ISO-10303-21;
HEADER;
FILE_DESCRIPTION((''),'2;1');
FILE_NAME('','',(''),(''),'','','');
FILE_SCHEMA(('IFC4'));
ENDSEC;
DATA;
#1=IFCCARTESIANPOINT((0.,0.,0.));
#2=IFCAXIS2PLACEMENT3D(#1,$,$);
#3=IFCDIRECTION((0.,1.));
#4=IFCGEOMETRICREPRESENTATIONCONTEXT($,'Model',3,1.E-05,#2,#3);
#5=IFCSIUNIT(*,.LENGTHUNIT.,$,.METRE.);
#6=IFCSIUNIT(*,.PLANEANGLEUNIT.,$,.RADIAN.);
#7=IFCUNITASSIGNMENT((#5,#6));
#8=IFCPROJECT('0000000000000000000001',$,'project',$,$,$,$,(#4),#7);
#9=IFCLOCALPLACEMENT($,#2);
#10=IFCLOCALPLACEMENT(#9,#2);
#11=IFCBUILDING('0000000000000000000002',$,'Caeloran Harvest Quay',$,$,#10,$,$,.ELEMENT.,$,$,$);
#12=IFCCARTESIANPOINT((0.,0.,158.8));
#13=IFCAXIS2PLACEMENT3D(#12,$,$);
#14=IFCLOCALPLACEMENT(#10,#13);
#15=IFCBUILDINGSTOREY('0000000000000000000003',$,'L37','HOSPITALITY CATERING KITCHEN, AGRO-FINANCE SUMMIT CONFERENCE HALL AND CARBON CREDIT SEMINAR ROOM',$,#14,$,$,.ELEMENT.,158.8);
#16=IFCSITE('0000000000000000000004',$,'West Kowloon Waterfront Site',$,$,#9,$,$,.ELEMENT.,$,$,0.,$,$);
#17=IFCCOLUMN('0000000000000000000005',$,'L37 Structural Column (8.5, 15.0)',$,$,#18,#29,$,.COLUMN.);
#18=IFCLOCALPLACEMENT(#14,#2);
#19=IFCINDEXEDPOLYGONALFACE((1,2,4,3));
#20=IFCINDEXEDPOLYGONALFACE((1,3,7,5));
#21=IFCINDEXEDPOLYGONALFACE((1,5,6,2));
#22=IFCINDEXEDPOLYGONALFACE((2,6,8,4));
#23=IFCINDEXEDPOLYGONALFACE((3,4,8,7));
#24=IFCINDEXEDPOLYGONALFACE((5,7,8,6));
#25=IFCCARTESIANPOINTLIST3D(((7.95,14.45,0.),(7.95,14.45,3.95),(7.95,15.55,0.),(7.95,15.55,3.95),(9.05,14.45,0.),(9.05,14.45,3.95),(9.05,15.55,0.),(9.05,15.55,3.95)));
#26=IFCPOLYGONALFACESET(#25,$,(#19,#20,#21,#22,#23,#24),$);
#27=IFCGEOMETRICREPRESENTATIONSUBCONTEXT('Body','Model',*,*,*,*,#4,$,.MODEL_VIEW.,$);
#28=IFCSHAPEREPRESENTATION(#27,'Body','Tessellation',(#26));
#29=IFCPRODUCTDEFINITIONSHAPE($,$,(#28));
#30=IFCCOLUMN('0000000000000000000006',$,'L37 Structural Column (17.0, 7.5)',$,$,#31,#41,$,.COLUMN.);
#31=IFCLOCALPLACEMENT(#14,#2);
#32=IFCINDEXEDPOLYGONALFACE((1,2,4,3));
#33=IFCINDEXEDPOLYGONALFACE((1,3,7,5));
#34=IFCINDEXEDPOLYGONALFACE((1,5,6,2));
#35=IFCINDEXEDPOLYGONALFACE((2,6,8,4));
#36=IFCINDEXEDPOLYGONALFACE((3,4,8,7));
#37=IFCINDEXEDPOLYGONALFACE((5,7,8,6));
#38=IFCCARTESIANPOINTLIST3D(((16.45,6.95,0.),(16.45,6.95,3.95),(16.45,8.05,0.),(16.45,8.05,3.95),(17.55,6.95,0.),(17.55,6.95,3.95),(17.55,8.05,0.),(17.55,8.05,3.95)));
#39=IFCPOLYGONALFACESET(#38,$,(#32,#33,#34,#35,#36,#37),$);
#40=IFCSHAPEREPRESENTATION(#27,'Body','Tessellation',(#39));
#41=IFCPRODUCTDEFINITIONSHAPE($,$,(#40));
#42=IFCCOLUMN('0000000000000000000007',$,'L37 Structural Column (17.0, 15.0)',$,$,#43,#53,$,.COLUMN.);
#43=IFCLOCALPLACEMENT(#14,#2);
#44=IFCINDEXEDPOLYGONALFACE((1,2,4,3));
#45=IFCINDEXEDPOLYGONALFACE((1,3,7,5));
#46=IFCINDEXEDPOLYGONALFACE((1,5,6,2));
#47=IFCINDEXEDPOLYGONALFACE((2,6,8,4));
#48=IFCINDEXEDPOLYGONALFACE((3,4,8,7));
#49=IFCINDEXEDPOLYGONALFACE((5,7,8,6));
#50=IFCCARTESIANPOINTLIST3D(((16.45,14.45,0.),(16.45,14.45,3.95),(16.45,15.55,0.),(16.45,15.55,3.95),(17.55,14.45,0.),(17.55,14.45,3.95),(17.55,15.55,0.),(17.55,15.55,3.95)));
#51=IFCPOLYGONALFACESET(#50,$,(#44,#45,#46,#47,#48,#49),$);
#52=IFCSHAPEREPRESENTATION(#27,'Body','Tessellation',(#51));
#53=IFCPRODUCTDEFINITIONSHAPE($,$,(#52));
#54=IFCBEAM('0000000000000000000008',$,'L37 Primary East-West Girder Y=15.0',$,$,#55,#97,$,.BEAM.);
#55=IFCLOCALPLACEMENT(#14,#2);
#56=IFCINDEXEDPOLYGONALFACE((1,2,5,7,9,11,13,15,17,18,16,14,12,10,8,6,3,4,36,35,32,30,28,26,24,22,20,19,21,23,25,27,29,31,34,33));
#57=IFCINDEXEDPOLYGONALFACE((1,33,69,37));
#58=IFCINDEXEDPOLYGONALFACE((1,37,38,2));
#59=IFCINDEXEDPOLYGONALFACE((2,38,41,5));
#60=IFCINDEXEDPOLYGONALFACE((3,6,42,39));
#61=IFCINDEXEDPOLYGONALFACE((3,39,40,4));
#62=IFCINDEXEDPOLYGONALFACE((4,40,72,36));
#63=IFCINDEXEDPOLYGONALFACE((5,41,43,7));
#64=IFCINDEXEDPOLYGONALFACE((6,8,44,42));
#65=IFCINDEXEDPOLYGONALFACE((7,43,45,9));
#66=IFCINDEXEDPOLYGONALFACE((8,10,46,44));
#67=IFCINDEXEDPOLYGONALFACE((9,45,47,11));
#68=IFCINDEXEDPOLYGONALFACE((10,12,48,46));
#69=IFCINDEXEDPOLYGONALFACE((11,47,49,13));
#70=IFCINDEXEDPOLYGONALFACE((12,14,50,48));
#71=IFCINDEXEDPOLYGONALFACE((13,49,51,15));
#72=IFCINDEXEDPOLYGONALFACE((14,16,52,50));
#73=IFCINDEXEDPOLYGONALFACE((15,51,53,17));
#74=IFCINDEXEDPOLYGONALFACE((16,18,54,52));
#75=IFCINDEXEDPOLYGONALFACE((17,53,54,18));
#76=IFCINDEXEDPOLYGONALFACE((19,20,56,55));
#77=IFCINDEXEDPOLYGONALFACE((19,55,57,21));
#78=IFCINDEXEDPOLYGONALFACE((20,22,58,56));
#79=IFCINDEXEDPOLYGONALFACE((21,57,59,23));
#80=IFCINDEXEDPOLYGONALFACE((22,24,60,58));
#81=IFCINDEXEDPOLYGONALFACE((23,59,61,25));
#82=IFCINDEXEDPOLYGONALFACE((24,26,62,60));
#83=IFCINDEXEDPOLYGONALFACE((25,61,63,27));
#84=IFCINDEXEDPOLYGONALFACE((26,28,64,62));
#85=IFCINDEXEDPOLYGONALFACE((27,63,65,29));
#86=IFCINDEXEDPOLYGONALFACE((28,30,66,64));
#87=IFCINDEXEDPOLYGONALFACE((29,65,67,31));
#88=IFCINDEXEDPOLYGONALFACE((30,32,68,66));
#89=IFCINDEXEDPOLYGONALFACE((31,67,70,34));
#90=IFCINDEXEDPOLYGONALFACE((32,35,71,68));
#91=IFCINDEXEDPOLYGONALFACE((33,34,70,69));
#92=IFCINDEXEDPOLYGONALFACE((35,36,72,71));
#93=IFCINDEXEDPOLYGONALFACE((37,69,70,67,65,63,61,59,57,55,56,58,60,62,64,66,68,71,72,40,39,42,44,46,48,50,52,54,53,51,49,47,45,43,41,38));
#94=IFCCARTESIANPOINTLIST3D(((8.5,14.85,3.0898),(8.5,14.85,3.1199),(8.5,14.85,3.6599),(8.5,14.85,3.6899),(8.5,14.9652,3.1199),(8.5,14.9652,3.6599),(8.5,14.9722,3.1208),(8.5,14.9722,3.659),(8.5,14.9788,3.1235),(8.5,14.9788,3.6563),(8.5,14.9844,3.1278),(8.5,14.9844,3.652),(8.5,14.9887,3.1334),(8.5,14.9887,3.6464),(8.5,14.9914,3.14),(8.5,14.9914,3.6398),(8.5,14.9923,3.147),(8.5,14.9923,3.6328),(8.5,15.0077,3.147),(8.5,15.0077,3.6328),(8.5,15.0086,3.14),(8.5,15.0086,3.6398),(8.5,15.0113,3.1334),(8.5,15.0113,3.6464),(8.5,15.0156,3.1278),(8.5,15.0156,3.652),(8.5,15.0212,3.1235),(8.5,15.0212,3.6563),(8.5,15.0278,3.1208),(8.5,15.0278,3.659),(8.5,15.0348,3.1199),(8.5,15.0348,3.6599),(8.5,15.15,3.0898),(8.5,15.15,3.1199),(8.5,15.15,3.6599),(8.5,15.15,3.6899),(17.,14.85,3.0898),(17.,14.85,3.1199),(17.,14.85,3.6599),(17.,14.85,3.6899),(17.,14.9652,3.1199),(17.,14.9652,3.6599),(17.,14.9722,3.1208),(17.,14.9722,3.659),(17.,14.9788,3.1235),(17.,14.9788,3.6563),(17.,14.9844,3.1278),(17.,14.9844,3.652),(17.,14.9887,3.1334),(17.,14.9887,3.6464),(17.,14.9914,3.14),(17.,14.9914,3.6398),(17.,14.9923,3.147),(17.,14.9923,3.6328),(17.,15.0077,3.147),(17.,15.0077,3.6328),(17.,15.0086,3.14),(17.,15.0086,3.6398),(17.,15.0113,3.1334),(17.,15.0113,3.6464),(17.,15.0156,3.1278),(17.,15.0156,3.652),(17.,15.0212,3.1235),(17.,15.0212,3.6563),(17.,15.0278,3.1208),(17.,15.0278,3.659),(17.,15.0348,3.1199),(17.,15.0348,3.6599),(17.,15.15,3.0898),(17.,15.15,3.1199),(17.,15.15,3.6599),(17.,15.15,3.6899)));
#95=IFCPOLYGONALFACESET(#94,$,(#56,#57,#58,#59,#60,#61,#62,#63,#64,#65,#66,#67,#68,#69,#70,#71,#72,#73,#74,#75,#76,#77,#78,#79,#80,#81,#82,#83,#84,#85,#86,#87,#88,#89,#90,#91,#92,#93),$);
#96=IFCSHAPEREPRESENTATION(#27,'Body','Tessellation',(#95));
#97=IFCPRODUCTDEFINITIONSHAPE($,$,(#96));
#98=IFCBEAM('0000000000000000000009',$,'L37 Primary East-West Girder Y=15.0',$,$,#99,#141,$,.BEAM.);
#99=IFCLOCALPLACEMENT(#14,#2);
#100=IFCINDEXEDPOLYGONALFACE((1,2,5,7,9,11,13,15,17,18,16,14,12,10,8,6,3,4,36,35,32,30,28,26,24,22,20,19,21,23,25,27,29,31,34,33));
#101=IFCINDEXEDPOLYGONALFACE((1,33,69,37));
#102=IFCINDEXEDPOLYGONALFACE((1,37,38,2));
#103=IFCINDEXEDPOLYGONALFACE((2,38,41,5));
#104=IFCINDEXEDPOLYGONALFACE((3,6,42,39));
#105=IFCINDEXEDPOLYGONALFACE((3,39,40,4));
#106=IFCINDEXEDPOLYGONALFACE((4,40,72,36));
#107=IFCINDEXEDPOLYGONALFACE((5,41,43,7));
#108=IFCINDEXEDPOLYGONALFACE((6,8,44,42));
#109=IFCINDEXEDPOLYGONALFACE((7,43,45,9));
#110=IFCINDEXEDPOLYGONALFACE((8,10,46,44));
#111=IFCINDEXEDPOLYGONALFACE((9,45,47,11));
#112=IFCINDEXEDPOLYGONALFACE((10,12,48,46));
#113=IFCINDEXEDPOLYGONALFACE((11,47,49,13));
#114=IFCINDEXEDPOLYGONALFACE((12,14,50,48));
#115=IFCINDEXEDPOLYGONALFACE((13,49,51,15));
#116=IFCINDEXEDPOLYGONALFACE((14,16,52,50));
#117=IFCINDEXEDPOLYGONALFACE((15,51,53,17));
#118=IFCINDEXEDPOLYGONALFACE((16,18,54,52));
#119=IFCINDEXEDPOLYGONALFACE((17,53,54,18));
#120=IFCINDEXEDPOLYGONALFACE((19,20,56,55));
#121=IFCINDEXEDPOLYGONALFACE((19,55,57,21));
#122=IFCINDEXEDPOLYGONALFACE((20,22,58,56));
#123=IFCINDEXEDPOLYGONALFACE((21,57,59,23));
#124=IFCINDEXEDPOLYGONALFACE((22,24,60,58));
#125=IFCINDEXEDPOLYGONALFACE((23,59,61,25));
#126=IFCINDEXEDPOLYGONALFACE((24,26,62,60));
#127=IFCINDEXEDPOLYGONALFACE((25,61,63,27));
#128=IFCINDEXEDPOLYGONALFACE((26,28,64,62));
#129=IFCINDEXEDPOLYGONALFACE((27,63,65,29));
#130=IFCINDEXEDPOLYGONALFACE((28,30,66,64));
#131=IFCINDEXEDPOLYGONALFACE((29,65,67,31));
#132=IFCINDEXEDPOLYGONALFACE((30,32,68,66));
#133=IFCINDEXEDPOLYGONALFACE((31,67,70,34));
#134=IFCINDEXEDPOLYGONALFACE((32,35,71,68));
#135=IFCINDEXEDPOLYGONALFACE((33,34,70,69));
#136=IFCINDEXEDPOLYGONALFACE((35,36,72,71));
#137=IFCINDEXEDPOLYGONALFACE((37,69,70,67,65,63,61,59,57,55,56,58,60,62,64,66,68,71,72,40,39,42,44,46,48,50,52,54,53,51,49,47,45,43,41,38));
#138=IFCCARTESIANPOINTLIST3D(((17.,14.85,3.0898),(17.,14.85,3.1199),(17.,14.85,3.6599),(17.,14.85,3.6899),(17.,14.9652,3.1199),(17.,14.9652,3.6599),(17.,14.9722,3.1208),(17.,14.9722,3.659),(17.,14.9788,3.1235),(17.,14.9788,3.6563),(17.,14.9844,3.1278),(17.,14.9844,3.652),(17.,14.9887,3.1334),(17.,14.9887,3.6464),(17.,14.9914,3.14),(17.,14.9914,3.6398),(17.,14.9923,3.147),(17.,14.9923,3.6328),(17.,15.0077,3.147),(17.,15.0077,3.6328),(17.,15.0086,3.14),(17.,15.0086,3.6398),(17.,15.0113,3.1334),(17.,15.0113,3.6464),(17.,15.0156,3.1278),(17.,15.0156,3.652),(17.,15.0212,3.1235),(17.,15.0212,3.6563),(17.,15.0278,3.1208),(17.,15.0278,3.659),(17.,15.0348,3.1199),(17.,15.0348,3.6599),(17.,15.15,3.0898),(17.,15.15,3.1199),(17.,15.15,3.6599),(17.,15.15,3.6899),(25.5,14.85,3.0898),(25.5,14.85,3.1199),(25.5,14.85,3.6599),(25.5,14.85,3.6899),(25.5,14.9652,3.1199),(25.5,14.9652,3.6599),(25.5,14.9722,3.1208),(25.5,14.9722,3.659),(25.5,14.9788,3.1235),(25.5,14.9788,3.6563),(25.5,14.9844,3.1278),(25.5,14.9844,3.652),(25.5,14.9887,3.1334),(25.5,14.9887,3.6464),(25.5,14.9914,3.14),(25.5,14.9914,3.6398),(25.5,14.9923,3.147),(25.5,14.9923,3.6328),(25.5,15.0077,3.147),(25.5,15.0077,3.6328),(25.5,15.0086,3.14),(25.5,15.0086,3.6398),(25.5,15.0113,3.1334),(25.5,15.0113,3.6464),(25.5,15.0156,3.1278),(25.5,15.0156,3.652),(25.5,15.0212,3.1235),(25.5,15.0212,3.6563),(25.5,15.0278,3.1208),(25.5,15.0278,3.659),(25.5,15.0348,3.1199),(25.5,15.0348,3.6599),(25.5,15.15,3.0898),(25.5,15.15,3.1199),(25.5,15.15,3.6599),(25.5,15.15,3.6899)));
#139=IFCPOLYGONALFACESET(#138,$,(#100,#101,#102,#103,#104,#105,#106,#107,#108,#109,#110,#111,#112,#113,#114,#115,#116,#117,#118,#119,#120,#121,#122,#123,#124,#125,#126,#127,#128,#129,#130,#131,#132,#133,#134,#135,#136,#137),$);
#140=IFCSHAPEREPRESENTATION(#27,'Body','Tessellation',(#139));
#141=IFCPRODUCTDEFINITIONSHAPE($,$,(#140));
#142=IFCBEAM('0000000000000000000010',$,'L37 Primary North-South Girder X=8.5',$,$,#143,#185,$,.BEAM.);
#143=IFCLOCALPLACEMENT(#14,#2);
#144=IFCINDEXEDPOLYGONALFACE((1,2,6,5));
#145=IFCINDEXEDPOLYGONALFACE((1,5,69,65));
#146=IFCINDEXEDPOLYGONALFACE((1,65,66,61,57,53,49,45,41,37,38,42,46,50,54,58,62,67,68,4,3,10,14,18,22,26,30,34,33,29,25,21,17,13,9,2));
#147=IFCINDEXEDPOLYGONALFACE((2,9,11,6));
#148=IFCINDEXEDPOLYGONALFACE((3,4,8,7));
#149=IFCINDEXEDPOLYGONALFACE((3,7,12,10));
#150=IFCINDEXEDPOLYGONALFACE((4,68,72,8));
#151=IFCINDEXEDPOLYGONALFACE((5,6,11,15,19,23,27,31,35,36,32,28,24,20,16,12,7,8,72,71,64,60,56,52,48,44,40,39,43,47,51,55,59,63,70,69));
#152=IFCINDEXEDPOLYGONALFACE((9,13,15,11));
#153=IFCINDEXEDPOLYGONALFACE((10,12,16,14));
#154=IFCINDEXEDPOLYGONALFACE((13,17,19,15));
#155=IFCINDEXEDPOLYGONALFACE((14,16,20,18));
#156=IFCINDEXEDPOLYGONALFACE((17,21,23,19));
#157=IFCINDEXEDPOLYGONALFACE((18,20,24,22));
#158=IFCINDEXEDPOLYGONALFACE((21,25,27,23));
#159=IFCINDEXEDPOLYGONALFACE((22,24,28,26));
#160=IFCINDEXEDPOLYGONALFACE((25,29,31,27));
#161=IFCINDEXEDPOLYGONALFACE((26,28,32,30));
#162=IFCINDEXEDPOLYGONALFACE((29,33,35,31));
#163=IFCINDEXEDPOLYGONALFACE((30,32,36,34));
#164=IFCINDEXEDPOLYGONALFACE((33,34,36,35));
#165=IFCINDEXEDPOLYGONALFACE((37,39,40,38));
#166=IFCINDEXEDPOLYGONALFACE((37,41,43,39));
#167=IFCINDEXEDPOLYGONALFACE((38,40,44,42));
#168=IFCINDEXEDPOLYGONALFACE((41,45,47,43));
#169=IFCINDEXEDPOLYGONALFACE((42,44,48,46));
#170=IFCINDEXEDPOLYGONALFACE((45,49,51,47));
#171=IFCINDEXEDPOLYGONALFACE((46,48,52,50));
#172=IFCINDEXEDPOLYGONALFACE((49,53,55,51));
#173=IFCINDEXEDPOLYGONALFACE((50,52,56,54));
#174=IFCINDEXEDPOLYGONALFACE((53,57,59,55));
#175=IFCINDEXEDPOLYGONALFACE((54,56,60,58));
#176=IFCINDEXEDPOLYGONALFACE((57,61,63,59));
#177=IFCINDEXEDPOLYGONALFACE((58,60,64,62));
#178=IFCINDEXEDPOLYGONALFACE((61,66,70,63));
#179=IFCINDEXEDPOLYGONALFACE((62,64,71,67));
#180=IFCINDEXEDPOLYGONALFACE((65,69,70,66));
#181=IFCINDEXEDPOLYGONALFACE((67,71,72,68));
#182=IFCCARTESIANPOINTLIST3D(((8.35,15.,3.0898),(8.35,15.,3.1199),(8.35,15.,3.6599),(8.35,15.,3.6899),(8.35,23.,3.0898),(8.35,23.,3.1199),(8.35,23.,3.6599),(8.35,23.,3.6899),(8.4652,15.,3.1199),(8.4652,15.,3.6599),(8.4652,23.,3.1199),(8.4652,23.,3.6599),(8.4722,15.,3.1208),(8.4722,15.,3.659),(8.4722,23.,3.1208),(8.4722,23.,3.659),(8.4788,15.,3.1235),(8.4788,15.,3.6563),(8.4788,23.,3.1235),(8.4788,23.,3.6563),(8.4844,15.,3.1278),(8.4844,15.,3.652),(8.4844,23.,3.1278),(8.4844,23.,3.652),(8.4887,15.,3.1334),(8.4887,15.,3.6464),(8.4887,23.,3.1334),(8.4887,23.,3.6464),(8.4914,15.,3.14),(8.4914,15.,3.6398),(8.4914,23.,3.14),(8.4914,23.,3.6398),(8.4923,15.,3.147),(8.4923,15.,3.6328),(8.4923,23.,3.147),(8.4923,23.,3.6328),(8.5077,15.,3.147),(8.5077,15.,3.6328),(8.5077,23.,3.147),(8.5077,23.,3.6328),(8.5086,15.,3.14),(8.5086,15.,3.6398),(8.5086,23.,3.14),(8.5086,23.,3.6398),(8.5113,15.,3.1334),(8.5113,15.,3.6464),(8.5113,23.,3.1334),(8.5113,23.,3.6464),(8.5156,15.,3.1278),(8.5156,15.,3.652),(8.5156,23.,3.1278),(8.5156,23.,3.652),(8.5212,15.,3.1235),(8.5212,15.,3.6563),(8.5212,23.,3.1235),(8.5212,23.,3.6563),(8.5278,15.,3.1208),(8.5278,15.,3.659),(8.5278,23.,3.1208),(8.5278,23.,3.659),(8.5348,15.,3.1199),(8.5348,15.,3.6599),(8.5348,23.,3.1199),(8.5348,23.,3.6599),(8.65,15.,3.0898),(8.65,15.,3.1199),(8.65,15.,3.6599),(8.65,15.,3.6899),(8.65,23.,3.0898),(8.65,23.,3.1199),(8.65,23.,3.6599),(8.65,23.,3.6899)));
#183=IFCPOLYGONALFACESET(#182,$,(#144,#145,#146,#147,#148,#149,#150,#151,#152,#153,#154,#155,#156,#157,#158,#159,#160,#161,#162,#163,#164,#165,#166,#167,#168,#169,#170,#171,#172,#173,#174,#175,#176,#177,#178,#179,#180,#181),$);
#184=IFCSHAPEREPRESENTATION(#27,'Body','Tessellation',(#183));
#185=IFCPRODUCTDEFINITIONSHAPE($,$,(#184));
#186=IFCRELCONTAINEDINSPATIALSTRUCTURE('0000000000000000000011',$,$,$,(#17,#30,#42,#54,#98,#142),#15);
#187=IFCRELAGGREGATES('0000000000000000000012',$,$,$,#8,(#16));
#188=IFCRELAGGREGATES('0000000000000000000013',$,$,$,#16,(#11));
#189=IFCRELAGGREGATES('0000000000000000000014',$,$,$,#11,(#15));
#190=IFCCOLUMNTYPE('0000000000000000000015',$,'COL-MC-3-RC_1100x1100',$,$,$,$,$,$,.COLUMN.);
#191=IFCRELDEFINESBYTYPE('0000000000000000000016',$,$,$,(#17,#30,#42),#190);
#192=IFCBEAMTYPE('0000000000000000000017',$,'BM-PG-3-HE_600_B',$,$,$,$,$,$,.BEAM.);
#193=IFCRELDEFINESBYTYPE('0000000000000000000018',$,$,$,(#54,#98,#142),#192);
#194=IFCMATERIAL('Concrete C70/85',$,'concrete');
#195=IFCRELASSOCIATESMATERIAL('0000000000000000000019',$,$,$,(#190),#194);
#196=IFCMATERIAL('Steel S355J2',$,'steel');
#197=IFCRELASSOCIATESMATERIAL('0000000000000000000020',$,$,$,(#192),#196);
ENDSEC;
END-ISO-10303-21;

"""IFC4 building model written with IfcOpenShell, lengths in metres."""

from ifc_helpers import new_model, si_unit, direction, frame, origin, origin_2d, place, context, subcontext, project, spatial, rectangle, i_section, extrude, material, material_profile, profile_set, type_object, element, save


model = new_model("IFC4")

# Units and contexts
model_context = context("Model", 3, precision=1e-05, world=origin(), true_north=direction((0.0, 1.0)))
body_context = subcontext(model_context, "Body", "Model", "MODEL_VIEW")
ifc_project = project(units=[si_unit("LENGTHUNIT", "METRE"), si_unit("PLANEANGLEUNIT", "RADIAN")], contexts=[model_context])

# Site, building, storey
site_placement = place(None, origin())
site = spatial("IfcSite", under=ifc_project, at=site_placement, Name="West Kowloon Waterfront Site", CompositionType="ELEMENT", RefElevation=0.0)
building_placement = place(site_placement, origin())
building = spatial("IfcBuilding", under=site, at=building_placement, Name="Caeloran Harvest Quay", CompositionType="ELEMENT")
storey_placement = place(building_placement, frame((0.0, 0.0, 158.8)))
storey = spatial("IfcBuildingStorey", under=building, at=storey_placement, Name="L37", Description="HOSPITALITY CATERING KITCHEN, AGRO-FINANCE SUMMIT CONFERENCE HALL AND CARBON CREDIT SEMINAR ROOM", CompositionType="ELEMENT", Elevation=158.8)

# Columns
ifc_material_1 = material(Name="Concrete C70/85", Category="concrete")
ifc_material_profile_1 = material_profile(ifc_material_1, rectangle(XDim=1.1001, YDim=1.1001, at=origin_2d()), Name="RC 1100x1100")
ifc_profile_set_1 = profile_set([ifc_material_profile_1], Name="Concrete C70/85")
column_type = type_object("IfcColumnType", Name="COL-MC-3-RC_1100x1100", PredefinedType="COLUMN", material=ifc_profile_set_1)
for number, where, z_axis, x_axis, name in (
    (1, (8.5, 15.0, 0.0), (0.0, 0.0, 1.0), (1.0, 0.0, 0.0), "L37 Structural Column (8.5, 15.0)"),
    (2, (17.0, 7.5, 0.0), (0.0, 0.0, 1.0), (1.0, 0.0, 0.0), "L37 Structural Column (17.0, 7.5)"),
    (3, (17.0, 15.0, 0.0), (0.0, 0.0, 1.0), (1.0, 0.0, 0.0), "L37 Structural Column (17.0, 15.0)"),
):
    element("IfcColumn", number, at=place(storey_placement, frame(where, z_axis=z_axis, x_axis=x_axis)), inside=storey, type_object=column_type, Name=name, PredefinedType="COLUMN", context=body_context, shape_type="SweptSolid", body=[
        extrude(rectangle(XDim=1.1001, YDim=1.1001, at=origin_2d()), origin(), (0.0, 0.0, 1.0), 3.95),
    ])

# Beams
ifc_material_2 = material(Name="Steel S355J2", Category="steel")
ifc_material_profile_2 = material_profile(ifc_material_2, i_section(OverallWidth=0.3, OverallDepth=0.6001, WebThickness=0.0154, FlangeThickness=0.03, FilletRadius=0.0271, at=origin_2d()), Name="HE 600 B")
ifc_profile_set_2 = profile_set([ifc_material_profile_2], Name="Steel S355J2")
beam_type_1 = type_object("IfcBeamType", Name="BM-PG-3-HE_600_B", PredefinedType="BEAM", material=ifc_profile_set_2)
for number, where, z_axis, x_axis, name in (
    (4, (8.5, 15.0, 3.3899), (1.0, 0.0, 0.0), (0.0, 1.0, 0.0), "L37 Primary East-West Girder Y=15.0"),
    (5, (17.0, 15.0, 3.3899), (1.0, 0.0, 0.0), (0.0, 1.0, 0.0), "L37 Primary East-West Girder Y=15.0"),
):
    element("IfcBeam", number, at=place(storey_placement, frame(where, z_axis=z_axis, x_axis=x_axis)), inside=storey, type_object=beam_type_1, Name=name, PredefinedType="BEAM", context=body_context, shape_type="SweptSolid", body=[
        extrude(i_section(OverallWidth=0.3, OverallDepth=0.6001, WebThickness=0.0154, FlangeThickness=0.03, FilletRadius=0.0271, at=origin_2d()), origin(), (0.0, 0.0, 1.0), 8.5),
    ])
beam_1_placement = place(storey_placement, frame((8.5, 15.0, 3.3899), z_axis=(0.0, 1.0, 0.0), x_axis=(-1.0, 0.0, 0.0)))
element("IfcBeam", 6, at=beam_1_placement, inside=storey, type_object=beam_type_1, Name="L37 Primary North-South Girder X=8.5", PredefinedType="BEAM", context=body_context, shape_type="SweptSolid", body=[
    extrude(i_section(OverallWidth=0.3, OverallDepth=0.6001, WebThickness=0.0154, FlangeThickness=0.03, FilletRadius=0.0271, at=origin_2d()), origin(), (0.0, 0.0, 1.0), 8.0),
])

save(model, "model.ifc")
